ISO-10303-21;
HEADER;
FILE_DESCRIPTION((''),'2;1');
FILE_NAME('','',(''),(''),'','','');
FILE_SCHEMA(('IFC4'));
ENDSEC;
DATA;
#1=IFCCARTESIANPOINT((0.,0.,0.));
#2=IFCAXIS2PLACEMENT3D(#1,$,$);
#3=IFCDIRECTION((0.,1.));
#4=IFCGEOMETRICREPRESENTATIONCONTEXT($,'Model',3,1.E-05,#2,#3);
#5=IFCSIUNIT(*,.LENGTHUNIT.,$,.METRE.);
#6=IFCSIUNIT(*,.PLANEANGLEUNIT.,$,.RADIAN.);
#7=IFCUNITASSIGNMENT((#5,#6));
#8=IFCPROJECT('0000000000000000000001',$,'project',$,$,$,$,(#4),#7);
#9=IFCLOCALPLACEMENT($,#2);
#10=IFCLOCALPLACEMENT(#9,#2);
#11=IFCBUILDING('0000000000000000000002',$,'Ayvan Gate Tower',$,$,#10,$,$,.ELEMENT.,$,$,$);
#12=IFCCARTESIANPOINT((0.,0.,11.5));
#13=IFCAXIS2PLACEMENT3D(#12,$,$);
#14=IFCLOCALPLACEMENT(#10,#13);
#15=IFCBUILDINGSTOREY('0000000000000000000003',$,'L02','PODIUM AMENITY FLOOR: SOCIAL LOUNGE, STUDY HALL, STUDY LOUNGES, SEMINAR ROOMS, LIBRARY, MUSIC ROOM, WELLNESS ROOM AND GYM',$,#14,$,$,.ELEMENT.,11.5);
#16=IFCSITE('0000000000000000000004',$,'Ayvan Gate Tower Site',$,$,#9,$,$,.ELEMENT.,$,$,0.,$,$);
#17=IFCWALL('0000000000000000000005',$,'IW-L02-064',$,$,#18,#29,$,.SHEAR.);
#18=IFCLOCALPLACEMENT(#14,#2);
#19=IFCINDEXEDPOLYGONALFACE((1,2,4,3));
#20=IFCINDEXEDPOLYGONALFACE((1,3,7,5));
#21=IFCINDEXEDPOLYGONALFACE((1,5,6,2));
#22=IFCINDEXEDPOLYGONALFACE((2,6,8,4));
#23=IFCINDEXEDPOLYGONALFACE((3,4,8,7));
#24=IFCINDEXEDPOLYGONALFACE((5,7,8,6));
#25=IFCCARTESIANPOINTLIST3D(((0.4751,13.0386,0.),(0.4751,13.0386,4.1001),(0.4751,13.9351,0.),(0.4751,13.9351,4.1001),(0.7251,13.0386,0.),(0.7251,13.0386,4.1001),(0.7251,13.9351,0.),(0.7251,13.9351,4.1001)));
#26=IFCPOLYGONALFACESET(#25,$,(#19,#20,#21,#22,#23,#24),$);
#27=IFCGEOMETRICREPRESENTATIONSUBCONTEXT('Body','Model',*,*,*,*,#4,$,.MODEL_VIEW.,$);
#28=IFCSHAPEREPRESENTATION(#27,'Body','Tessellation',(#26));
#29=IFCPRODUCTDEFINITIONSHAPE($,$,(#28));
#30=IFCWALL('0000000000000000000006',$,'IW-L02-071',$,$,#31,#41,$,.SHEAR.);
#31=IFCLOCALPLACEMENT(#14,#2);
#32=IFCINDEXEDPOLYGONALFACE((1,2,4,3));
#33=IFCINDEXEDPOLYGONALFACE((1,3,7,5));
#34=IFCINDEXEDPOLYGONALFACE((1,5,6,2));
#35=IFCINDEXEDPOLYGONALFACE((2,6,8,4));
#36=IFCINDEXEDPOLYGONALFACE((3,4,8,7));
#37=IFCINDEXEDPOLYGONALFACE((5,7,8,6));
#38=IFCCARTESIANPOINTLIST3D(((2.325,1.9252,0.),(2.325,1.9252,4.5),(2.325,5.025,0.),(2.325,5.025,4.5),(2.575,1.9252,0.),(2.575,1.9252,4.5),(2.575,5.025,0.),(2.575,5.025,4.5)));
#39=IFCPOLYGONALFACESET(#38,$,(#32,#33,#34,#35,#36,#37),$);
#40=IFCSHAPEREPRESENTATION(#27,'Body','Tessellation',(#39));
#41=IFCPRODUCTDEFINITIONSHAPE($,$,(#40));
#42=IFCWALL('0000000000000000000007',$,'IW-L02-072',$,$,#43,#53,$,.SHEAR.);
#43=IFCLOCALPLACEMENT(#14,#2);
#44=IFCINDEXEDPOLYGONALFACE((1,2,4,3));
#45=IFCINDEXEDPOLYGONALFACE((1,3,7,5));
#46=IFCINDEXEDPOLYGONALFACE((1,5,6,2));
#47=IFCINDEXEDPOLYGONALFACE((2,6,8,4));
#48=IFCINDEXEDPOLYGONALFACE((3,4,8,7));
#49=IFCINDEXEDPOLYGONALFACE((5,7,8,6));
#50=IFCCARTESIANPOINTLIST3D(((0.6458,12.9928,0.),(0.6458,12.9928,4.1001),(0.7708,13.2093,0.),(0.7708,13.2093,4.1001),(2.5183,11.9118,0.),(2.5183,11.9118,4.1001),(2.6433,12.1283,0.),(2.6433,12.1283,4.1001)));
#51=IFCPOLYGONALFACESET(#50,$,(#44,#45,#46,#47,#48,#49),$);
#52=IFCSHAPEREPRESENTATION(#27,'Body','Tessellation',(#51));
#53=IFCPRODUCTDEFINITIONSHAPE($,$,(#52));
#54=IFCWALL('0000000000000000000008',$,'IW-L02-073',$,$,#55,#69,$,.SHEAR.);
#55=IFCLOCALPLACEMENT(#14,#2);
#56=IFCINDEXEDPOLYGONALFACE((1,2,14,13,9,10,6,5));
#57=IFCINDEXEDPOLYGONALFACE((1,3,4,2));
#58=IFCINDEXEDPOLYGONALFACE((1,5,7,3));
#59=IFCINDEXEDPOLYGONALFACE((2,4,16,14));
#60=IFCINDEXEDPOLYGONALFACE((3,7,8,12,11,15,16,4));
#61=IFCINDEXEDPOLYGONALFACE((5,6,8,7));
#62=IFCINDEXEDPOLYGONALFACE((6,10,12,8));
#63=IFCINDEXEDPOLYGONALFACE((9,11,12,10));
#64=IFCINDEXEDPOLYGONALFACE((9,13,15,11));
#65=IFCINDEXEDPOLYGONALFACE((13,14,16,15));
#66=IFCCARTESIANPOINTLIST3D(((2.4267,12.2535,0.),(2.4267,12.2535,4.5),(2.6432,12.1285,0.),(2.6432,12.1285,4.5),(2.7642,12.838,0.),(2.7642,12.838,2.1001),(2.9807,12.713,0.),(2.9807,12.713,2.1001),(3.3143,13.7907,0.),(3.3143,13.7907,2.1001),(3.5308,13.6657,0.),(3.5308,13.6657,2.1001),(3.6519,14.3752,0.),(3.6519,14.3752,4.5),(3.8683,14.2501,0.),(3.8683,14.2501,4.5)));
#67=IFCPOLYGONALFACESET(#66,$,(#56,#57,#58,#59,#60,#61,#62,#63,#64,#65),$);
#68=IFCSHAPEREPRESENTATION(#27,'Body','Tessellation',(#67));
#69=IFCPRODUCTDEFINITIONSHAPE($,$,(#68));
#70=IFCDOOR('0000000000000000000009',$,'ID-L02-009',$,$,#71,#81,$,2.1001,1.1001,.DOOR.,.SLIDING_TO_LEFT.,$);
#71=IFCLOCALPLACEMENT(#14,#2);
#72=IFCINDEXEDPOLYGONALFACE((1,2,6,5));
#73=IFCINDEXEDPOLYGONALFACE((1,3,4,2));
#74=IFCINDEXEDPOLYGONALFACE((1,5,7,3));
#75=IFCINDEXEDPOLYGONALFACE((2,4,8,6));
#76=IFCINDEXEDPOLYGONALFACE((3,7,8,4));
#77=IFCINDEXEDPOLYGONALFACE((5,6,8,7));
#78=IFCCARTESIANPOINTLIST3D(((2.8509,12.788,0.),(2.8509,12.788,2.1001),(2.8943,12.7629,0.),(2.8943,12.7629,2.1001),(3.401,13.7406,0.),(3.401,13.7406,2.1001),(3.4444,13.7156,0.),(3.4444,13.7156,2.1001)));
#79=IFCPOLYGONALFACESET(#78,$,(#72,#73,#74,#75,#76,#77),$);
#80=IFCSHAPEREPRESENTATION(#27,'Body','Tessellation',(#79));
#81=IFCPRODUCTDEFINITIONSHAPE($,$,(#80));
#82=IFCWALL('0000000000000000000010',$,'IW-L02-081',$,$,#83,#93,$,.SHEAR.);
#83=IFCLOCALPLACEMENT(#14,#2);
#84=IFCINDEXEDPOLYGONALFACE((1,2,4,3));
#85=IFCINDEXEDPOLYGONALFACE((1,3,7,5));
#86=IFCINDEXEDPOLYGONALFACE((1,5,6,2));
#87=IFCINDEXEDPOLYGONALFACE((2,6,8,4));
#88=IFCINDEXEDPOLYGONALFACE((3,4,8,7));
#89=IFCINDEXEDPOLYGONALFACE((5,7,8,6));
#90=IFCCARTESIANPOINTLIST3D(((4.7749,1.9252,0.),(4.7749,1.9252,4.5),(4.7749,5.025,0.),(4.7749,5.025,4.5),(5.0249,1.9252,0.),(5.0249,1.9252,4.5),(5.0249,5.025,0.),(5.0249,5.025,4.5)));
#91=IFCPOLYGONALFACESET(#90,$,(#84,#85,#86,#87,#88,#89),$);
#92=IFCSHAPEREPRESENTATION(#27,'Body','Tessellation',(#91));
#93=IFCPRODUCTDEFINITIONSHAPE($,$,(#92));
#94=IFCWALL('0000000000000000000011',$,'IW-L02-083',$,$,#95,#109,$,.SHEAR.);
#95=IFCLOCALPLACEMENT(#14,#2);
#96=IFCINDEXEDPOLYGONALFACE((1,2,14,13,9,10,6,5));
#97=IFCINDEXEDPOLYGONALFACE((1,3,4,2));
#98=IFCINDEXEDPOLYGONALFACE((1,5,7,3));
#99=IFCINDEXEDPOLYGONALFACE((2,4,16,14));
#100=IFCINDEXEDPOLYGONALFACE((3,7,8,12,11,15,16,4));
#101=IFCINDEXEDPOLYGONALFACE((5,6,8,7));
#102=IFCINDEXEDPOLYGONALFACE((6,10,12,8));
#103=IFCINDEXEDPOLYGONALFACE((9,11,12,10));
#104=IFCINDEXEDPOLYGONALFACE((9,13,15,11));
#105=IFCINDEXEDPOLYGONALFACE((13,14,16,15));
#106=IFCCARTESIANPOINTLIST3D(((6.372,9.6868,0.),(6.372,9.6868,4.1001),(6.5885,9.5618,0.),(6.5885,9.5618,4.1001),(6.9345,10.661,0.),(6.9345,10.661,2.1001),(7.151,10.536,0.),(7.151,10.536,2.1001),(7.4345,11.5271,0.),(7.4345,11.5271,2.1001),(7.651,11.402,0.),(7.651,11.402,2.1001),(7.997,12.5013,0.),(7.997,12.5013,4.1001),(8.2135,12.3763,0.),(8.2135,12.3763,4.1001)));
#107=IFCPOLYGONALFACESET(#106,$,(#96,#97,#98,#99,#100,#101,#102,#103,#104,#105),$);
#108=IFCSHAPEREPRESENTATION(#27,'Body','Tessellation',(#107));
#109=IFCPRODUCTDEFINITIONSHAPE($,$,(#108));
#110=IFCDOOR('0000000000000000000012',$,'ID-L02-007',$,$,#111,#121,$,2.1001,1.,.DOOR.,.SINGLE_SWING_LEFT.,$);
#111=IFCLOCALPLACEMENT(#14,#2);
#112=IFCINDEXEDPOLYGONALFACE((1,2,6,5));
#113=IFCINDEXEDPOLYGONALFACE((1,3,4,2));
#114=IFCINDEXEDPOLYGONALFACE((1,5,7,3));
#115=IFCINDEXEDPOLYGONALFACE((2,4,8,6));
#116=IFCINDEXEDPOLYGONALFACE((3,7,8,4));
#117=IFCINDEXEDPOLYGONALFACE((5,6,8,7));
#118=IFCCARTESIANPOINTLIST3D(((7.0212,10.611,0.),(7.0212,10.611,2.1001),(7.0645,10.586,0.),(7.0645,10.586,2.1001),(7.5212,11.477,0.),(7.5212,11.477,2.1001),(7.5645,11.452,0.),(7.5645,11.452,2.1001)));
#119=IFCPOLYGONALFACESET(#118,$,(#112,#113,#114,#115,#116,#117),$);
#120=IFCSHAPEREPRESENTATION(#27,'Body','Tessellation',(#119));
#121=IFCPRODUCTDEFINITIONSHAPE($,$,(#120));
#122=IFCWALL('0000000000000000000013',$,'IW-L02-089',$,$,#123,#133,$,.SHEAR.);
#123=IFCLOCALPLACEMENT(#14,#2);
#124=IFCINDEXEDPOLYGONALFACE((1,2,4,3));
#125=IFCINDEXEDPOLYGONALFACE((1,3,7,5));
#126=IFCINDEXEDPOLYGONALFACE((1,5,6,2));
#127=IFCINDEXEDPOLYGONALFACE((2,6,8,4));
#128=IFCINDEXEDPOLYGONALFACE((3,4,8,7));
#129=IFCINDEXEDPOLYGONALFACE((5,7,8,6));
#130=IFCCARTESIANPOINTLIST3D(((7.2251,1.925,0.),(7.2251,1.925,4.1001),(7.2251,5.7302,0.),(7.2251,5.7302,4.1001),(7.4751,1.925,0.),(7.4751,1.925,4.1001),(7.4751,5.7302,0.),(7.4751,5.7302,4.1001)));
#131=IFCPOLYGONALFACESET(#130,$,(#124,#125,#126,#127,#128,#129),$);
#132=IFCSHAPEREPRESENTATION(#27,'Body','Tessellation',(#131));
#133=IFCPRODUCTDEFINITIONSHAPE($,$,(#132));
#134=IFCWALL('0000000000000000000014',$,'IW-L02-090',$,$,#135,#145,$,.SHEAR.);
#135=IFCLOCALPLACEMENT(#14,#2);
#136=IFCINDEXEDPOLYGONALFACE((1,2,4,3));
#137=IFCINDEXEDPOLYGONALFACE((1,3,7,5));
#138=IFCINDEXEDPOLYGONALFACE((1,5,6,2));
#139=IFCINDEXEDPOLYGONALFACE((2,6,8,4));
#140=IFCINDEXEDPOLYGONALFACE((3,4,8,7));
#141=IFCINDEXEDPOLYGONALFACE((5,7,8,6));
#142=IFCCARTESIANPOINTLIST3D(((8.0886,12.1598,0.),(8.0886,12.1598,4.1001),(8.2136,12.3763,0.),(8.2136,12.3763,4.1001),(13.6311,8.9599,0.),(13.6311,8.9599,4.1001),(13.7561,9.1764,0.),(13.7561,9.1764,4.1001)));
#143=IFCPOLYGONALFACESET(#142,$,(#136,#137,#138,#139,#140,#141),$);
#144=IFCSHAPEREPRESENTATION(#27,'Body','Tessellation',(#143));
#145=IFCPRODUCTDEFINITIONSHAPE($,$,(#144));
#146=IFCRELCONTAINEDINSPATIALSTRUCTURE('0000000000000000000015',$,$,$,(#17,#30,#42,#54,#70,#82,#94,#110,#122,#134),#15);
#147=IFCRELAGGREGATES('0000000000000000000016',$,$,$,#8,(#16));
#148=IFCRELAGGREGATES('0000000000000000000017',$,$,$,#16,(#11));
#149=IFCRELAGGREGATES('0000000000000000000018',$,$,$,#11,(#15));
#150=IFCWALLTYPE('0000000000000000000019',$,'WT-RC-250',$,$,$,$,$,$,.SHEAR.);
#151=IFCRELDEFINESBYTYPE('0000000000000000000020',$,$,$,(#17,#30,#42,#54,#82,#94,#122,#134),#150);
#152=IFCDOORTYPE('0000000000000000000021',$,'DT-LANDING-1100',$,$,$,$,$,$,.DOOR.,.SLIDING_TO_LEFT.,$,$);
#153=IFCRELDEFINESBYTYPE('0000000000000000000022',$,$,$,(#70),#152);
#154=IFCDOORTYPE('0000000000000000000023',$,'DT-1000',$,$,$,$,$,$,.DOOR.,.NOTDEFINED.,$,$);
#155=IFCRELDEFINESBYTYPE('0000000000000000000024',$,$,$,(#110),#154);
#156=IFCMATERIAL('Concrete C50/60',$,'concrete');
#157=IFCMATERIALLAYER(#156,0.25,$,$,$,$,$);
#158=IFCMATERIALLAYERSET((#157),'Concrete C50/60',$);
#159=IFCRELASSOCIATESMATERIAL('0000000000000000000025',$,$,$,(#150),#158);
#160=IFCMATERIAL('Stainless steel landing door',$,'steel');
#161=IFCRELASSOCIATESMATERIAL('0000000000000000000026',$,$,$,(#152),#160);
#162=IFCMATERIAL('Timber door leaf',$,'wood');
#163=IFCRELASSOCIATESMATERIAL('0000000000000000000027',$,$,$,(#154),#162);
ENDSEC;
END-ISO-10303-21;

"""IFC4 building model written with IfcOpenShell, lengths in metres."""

from ifc_helpers import new_model, si_unit, direction, frame, frame_2d, origin, place, context, subcontext, project, spatial, rectangle, extrude, material, layer, layer_set, type_object, element, fill, save


model = new_model("IFC4")

# Units and contexts
model_context = context("Model", 3, precision=1e-05, world=origin(), true_north=direction((0.0, 1.0)))
body_context = subcontext(model_context, "Body", "Model", "MODEL_VIEW")
ifc_project = project(units=[si_unit("LENGTHUNIT", "METRE"), si_unit("PLANEANGLEUNIT", "RADIAN")], contexts=[model_context])

# Site, building, storey
site_placement = place(None, origin())
site = spatial("IfcSite", under=ifc_project, at=site_placement, Name="Ayvan Gate Tower Site", CompositionType="ELEMENT", RefElevation=0.0)
building_placement = place(site_placement, origin())
building = spatial("IfcBuilding", under=site, at=building_placement, Name="Ayvan Gate Tower", CompositionType="ELEMENT")
storey_placement = place(building_placement, frame((0.0, 0.0, 11.5)))
storey = spatial("IfcBuildingStorey", under=building, at=storey_placement, Name="L02", Description="PODIUM AMENITY FLOOR: SOCIAL LOUNGE, STUDY HALL, STUDY LOUNGES, SEMINAR ROOMS, LIBRARY, MUSIC ROOM, WELLNESS ROOM AND GYM", CompositionType="ELEMENT", Elevation=11.5)

# Shared definitions
ifc_material_1 = material(Name="Timber door leaf", Category="wood")

# Walls
ifc_material_2 = material(Name="Concrete C50/60", Category="concrete")
ifc_layer_1 = layer(ifc_material_2, 0.25)
ifc_layer_set_1 = layer_set([ifc_layer_1], Name="Concrete C50/60")
wall_type_1 = type_object("IfcWallType", Name="WT-RC-250", PredefinedType="SHEAR", material=ifc_layer_set_1)
wall_1_placement = place(storey_placement, frame((0.6001, 13.0386, 0.0), z_axis=(0.0, 0.0, 1.0), x_axis=(0.0, 1.0, 0.0)))
element("IfcWall", 1, at=wall_1_placement, inside=storey, type_object=wall_type_1, Name="IW-L02-064", PredefinedType="SHEAR", context=body_context, shape_type="SweptSolid", body=[
    extrude(rectangle(XDim=0.8965, YDim=0.25, at=frame_2d((0.4482, 0.0))), origin(), (0.0, 0.0, 1.0), 4.1001),
])
wall_2_placement = place(storey_placement, frame((2.45, 5.0249, 0.0), z_axis=(0.0, 0.0, 1.0), x_axis=(0.0, -1.0, 0.0)))
element("IfcWall", 2, at=wall_2_placement, inside=storey, type_object=wall_type_1, Name="IW-L02-071", PredefinedType="SHEAR", context=body_context, shape_type="SweptSolid", body=[
    extrude(rectangle(XDim=3.0999, YDim=0.25, at=frame_2d((1.5498, 0.0))), origin(), (0.0, 0.0, 1.0), 4.5),
])
wall_3_placement = place(storey_placement, frame((2.5808, 12.02, 0.0), z_axis=(0.0, 0.0, 1.0), x_axis=(-0.866039, 0.499977, 0.0)))
element("IfcWall", 3, at=wall_3_placement, inside=storey, type_object=wall_type_1, Name="IW-L02-072", PredefinedType="SHEAR", context=body_context, shape_type="SweptSolid", body=[
    extrude(rectangle(XDim=2.1621, YDim=0.25, at=frame_2d((1.0811, 0.0))), origin(), (0.0, 0.0, 1.0), 4.1001),
])

# Wall, opening, door
wall_4_placement = place(storey_placement, frame((2.5349, 12.1909, 0.0), z_axis=(0.0, 0.0, 1.0), x_axis=(0.500062, 0.86599, 0.0)))
wall_4 = element("IfcWall", 4, at=wall_4_placement, inside=storey, type_object=wall_type_1, Name="IW-L02-073", PredefinedType="SHEAR", context=body_context, shape_type="SweptSolid", body=[
    extrude(rectangle(XDim=2.45, YDim=0.25, at=frame_2d((1.2251, 0.0))), origin(), (0.0, 0.0, 1.0), 4.5),
])
opening_1_placement = place(wall_4_placement, frame((0.675, 0.0, 0.0)))
opening_1 = element("IfcOpeningElement", 5, at=opening_1_placement, cuts=wall_4, PredefinedType="OPENING", context=body_context, shape_type="SweptSolid", body=[
    extrude(rectangle(XDim=1.1001, YDim=2.1001, at=frame_2d((0.55, 1.05))), frame((0.0, 0.135, 0.0), z_axis=(0.0, -1.0, 0.0), x_axis=(1.0, 0.0, 0.0)), (0.0, 0.0, 1.0), 0.27),
])
ifc_material_3 = material(Name="Stainless steel landing door", Category="steel")
door_type_1 = type_object("IfcDoorType", Name="DT-LANDING-1100", OperationType="SLIDING_TO_LEFT", PredefinedType="DOOR", material=ifc_material_3)
door_1_placement = place(opening_1_placement, origin())
door_1 = element("IfcDoor", 6, at=door_1_placement, inside=storey, type_object=door_type_1, Name="ID-L02-009", OperationType="SLIDING_TO_LEFT", OverallHeight=2.1001, OverallWidth=1.1001, PredefinedType="DOOR", context=body_context, shape_type="SweptSolid", body=[
    extrude(rectangle(XDim=1.1001, YDim=2.1001, at=frame_2d((0.55, 1.05))), frame((0.0, 0.0249, 0.0), z_axis=(0.0, -1.0, 0.0), x_axis=(1.0, 0.0, 0.0)), (0.0, 0.0, 1.0), 0.05),
])
fill(opening_1, door_1)

# Wall
wall_5_placement = place(storey_placement, frame((4.8999, 5.0249, 0.0), z_axis=(0.0, 0.0, 1.0), x_axis=(0.0, -1.0, 0.0)))
element("IfcWall", 7, at=wall_5_placement, inside=storey, type_object=wall_type_1, Name="IW-L02-081", PredefinedType="SHEAR", context=body_context, shape_type="SweptSolid", body=[
    extrude(rectangle(XDim=3.0999, YDim=0.25, at=frame_2d((1.5498, 0.0))), origin(), (0.0, 0.0, 1.0), 4.5),
])

# Wall, opening, door
wall_6_placement = place(storey_placement, frame((6.4802, 9.6243, 0.0), z_axis=(0.0, 0.0, 1.0), x_axis=(0.500017, 0.866015, 0.0)))
wall_6 = element("IfcWall", 8, at=wall_6_placement, inside=storey, type_object=wall_type_1, Name="IW-L02-083", PredefinedType="SHEAR", context=body_context, shape_type="SweptSolid", body=[
    extrude(rectangle(XDim=3.25, YDim=0.25, at=frame_2d((1.625, 0.0))), origin(), (0.0, 0.0, 1.0), 4.1001),
])
opening_2_placement = place(wall_6_placement, frame((1.125, 0.0, 0.0)))
opening_2 = element("IfcOpeningElement", 9, at=opening_2_placement, cuts=wall_6, PredefinedType="OPENING", context=body_context, shape_type="SweptSolid", body=[
    extrude(rectangle(XDim=1.0, YDim=2.1001, at=frame_2d((0.5, 1.05))), frame((0.0, 0.135, 0.0), z_axis=(0.0, -1.0, 0.0), x_axis=(1.0, 0.0, 0.0)), (0.0, 0.0, 1.0), 0.27),
])
door_type_2 = type_object("IfcDoorType", Name="DT-1000", OperationType="NOTDEFINED", PredefinedType="DOOR", material=ifc_material_1)
door_2_placement = place(opening_2_placement, origin())
door_2 = element("IfcDoor", 10, at=door_2_placement, inside=storey, type_object=door_type_2, Name="ID-L02-007", OperationType="SINGLE_SWING_LEFT", OverallHeight=2.1001, OverallWidth=1.0, PredefinedType="DOOR", context=body_context, shape_type="SweptSolid", body=[
    extrude(rectangle(XDim=1.0, YDim=2.1001, at=frame_2d((0.5, 1.05))), frame((0.0, 0.0249, 0.0), z_axis=(0.0, -1.0, 0.0), x_axis=(1.0, 0.0, 0.0)), (0.0, 0.0, 1.0), 0.05),
])
fill(opening_2, door_2)

# Walls
wall_7_placement = place(storey_placement, frame((7.3501, 5.7302, 0.0), z_axis=(0.0, 0.0, 1.0), x_axis=(0.0, -1.0, 0.0)))
element("IfcWall", 11, at=wall_7_placement, inside=storey, type_object=wall_type_1, Name="IW-L02-089", PredefinedType="SHEAR", context=body_context, shape_type="SweptSolid", body=[
    extrude(rectangle(XDim=3.8052, YDim=0.25, at=frame_2d((1.9026, 0.0))), origin(), (0.0, 0.0, 1.0), 4.1001),
])
wall_8_placement = place(storey_placement, frame((8.1511, 12.2681, 0.0), z_axis=(0.0, 0.0, 1.0), x_axis=(0.866025, -0.5, 0.0)))
element("IfcWall", 12, at=wall_8_placement, inside=storey, type_object=wall_type_1, Name="IW-L02-090", PredefinedType="SHEAR", context=body_context, shape_type="SweptSolid", body=[
    extrude(rectangle(XDim=6.3999, YDim=0.25, at=frame_2d((3.2, 0.0))), origin(), (0.0, 0.0, 1.0), 4.1001),
])

save(model, "model.ifc")
